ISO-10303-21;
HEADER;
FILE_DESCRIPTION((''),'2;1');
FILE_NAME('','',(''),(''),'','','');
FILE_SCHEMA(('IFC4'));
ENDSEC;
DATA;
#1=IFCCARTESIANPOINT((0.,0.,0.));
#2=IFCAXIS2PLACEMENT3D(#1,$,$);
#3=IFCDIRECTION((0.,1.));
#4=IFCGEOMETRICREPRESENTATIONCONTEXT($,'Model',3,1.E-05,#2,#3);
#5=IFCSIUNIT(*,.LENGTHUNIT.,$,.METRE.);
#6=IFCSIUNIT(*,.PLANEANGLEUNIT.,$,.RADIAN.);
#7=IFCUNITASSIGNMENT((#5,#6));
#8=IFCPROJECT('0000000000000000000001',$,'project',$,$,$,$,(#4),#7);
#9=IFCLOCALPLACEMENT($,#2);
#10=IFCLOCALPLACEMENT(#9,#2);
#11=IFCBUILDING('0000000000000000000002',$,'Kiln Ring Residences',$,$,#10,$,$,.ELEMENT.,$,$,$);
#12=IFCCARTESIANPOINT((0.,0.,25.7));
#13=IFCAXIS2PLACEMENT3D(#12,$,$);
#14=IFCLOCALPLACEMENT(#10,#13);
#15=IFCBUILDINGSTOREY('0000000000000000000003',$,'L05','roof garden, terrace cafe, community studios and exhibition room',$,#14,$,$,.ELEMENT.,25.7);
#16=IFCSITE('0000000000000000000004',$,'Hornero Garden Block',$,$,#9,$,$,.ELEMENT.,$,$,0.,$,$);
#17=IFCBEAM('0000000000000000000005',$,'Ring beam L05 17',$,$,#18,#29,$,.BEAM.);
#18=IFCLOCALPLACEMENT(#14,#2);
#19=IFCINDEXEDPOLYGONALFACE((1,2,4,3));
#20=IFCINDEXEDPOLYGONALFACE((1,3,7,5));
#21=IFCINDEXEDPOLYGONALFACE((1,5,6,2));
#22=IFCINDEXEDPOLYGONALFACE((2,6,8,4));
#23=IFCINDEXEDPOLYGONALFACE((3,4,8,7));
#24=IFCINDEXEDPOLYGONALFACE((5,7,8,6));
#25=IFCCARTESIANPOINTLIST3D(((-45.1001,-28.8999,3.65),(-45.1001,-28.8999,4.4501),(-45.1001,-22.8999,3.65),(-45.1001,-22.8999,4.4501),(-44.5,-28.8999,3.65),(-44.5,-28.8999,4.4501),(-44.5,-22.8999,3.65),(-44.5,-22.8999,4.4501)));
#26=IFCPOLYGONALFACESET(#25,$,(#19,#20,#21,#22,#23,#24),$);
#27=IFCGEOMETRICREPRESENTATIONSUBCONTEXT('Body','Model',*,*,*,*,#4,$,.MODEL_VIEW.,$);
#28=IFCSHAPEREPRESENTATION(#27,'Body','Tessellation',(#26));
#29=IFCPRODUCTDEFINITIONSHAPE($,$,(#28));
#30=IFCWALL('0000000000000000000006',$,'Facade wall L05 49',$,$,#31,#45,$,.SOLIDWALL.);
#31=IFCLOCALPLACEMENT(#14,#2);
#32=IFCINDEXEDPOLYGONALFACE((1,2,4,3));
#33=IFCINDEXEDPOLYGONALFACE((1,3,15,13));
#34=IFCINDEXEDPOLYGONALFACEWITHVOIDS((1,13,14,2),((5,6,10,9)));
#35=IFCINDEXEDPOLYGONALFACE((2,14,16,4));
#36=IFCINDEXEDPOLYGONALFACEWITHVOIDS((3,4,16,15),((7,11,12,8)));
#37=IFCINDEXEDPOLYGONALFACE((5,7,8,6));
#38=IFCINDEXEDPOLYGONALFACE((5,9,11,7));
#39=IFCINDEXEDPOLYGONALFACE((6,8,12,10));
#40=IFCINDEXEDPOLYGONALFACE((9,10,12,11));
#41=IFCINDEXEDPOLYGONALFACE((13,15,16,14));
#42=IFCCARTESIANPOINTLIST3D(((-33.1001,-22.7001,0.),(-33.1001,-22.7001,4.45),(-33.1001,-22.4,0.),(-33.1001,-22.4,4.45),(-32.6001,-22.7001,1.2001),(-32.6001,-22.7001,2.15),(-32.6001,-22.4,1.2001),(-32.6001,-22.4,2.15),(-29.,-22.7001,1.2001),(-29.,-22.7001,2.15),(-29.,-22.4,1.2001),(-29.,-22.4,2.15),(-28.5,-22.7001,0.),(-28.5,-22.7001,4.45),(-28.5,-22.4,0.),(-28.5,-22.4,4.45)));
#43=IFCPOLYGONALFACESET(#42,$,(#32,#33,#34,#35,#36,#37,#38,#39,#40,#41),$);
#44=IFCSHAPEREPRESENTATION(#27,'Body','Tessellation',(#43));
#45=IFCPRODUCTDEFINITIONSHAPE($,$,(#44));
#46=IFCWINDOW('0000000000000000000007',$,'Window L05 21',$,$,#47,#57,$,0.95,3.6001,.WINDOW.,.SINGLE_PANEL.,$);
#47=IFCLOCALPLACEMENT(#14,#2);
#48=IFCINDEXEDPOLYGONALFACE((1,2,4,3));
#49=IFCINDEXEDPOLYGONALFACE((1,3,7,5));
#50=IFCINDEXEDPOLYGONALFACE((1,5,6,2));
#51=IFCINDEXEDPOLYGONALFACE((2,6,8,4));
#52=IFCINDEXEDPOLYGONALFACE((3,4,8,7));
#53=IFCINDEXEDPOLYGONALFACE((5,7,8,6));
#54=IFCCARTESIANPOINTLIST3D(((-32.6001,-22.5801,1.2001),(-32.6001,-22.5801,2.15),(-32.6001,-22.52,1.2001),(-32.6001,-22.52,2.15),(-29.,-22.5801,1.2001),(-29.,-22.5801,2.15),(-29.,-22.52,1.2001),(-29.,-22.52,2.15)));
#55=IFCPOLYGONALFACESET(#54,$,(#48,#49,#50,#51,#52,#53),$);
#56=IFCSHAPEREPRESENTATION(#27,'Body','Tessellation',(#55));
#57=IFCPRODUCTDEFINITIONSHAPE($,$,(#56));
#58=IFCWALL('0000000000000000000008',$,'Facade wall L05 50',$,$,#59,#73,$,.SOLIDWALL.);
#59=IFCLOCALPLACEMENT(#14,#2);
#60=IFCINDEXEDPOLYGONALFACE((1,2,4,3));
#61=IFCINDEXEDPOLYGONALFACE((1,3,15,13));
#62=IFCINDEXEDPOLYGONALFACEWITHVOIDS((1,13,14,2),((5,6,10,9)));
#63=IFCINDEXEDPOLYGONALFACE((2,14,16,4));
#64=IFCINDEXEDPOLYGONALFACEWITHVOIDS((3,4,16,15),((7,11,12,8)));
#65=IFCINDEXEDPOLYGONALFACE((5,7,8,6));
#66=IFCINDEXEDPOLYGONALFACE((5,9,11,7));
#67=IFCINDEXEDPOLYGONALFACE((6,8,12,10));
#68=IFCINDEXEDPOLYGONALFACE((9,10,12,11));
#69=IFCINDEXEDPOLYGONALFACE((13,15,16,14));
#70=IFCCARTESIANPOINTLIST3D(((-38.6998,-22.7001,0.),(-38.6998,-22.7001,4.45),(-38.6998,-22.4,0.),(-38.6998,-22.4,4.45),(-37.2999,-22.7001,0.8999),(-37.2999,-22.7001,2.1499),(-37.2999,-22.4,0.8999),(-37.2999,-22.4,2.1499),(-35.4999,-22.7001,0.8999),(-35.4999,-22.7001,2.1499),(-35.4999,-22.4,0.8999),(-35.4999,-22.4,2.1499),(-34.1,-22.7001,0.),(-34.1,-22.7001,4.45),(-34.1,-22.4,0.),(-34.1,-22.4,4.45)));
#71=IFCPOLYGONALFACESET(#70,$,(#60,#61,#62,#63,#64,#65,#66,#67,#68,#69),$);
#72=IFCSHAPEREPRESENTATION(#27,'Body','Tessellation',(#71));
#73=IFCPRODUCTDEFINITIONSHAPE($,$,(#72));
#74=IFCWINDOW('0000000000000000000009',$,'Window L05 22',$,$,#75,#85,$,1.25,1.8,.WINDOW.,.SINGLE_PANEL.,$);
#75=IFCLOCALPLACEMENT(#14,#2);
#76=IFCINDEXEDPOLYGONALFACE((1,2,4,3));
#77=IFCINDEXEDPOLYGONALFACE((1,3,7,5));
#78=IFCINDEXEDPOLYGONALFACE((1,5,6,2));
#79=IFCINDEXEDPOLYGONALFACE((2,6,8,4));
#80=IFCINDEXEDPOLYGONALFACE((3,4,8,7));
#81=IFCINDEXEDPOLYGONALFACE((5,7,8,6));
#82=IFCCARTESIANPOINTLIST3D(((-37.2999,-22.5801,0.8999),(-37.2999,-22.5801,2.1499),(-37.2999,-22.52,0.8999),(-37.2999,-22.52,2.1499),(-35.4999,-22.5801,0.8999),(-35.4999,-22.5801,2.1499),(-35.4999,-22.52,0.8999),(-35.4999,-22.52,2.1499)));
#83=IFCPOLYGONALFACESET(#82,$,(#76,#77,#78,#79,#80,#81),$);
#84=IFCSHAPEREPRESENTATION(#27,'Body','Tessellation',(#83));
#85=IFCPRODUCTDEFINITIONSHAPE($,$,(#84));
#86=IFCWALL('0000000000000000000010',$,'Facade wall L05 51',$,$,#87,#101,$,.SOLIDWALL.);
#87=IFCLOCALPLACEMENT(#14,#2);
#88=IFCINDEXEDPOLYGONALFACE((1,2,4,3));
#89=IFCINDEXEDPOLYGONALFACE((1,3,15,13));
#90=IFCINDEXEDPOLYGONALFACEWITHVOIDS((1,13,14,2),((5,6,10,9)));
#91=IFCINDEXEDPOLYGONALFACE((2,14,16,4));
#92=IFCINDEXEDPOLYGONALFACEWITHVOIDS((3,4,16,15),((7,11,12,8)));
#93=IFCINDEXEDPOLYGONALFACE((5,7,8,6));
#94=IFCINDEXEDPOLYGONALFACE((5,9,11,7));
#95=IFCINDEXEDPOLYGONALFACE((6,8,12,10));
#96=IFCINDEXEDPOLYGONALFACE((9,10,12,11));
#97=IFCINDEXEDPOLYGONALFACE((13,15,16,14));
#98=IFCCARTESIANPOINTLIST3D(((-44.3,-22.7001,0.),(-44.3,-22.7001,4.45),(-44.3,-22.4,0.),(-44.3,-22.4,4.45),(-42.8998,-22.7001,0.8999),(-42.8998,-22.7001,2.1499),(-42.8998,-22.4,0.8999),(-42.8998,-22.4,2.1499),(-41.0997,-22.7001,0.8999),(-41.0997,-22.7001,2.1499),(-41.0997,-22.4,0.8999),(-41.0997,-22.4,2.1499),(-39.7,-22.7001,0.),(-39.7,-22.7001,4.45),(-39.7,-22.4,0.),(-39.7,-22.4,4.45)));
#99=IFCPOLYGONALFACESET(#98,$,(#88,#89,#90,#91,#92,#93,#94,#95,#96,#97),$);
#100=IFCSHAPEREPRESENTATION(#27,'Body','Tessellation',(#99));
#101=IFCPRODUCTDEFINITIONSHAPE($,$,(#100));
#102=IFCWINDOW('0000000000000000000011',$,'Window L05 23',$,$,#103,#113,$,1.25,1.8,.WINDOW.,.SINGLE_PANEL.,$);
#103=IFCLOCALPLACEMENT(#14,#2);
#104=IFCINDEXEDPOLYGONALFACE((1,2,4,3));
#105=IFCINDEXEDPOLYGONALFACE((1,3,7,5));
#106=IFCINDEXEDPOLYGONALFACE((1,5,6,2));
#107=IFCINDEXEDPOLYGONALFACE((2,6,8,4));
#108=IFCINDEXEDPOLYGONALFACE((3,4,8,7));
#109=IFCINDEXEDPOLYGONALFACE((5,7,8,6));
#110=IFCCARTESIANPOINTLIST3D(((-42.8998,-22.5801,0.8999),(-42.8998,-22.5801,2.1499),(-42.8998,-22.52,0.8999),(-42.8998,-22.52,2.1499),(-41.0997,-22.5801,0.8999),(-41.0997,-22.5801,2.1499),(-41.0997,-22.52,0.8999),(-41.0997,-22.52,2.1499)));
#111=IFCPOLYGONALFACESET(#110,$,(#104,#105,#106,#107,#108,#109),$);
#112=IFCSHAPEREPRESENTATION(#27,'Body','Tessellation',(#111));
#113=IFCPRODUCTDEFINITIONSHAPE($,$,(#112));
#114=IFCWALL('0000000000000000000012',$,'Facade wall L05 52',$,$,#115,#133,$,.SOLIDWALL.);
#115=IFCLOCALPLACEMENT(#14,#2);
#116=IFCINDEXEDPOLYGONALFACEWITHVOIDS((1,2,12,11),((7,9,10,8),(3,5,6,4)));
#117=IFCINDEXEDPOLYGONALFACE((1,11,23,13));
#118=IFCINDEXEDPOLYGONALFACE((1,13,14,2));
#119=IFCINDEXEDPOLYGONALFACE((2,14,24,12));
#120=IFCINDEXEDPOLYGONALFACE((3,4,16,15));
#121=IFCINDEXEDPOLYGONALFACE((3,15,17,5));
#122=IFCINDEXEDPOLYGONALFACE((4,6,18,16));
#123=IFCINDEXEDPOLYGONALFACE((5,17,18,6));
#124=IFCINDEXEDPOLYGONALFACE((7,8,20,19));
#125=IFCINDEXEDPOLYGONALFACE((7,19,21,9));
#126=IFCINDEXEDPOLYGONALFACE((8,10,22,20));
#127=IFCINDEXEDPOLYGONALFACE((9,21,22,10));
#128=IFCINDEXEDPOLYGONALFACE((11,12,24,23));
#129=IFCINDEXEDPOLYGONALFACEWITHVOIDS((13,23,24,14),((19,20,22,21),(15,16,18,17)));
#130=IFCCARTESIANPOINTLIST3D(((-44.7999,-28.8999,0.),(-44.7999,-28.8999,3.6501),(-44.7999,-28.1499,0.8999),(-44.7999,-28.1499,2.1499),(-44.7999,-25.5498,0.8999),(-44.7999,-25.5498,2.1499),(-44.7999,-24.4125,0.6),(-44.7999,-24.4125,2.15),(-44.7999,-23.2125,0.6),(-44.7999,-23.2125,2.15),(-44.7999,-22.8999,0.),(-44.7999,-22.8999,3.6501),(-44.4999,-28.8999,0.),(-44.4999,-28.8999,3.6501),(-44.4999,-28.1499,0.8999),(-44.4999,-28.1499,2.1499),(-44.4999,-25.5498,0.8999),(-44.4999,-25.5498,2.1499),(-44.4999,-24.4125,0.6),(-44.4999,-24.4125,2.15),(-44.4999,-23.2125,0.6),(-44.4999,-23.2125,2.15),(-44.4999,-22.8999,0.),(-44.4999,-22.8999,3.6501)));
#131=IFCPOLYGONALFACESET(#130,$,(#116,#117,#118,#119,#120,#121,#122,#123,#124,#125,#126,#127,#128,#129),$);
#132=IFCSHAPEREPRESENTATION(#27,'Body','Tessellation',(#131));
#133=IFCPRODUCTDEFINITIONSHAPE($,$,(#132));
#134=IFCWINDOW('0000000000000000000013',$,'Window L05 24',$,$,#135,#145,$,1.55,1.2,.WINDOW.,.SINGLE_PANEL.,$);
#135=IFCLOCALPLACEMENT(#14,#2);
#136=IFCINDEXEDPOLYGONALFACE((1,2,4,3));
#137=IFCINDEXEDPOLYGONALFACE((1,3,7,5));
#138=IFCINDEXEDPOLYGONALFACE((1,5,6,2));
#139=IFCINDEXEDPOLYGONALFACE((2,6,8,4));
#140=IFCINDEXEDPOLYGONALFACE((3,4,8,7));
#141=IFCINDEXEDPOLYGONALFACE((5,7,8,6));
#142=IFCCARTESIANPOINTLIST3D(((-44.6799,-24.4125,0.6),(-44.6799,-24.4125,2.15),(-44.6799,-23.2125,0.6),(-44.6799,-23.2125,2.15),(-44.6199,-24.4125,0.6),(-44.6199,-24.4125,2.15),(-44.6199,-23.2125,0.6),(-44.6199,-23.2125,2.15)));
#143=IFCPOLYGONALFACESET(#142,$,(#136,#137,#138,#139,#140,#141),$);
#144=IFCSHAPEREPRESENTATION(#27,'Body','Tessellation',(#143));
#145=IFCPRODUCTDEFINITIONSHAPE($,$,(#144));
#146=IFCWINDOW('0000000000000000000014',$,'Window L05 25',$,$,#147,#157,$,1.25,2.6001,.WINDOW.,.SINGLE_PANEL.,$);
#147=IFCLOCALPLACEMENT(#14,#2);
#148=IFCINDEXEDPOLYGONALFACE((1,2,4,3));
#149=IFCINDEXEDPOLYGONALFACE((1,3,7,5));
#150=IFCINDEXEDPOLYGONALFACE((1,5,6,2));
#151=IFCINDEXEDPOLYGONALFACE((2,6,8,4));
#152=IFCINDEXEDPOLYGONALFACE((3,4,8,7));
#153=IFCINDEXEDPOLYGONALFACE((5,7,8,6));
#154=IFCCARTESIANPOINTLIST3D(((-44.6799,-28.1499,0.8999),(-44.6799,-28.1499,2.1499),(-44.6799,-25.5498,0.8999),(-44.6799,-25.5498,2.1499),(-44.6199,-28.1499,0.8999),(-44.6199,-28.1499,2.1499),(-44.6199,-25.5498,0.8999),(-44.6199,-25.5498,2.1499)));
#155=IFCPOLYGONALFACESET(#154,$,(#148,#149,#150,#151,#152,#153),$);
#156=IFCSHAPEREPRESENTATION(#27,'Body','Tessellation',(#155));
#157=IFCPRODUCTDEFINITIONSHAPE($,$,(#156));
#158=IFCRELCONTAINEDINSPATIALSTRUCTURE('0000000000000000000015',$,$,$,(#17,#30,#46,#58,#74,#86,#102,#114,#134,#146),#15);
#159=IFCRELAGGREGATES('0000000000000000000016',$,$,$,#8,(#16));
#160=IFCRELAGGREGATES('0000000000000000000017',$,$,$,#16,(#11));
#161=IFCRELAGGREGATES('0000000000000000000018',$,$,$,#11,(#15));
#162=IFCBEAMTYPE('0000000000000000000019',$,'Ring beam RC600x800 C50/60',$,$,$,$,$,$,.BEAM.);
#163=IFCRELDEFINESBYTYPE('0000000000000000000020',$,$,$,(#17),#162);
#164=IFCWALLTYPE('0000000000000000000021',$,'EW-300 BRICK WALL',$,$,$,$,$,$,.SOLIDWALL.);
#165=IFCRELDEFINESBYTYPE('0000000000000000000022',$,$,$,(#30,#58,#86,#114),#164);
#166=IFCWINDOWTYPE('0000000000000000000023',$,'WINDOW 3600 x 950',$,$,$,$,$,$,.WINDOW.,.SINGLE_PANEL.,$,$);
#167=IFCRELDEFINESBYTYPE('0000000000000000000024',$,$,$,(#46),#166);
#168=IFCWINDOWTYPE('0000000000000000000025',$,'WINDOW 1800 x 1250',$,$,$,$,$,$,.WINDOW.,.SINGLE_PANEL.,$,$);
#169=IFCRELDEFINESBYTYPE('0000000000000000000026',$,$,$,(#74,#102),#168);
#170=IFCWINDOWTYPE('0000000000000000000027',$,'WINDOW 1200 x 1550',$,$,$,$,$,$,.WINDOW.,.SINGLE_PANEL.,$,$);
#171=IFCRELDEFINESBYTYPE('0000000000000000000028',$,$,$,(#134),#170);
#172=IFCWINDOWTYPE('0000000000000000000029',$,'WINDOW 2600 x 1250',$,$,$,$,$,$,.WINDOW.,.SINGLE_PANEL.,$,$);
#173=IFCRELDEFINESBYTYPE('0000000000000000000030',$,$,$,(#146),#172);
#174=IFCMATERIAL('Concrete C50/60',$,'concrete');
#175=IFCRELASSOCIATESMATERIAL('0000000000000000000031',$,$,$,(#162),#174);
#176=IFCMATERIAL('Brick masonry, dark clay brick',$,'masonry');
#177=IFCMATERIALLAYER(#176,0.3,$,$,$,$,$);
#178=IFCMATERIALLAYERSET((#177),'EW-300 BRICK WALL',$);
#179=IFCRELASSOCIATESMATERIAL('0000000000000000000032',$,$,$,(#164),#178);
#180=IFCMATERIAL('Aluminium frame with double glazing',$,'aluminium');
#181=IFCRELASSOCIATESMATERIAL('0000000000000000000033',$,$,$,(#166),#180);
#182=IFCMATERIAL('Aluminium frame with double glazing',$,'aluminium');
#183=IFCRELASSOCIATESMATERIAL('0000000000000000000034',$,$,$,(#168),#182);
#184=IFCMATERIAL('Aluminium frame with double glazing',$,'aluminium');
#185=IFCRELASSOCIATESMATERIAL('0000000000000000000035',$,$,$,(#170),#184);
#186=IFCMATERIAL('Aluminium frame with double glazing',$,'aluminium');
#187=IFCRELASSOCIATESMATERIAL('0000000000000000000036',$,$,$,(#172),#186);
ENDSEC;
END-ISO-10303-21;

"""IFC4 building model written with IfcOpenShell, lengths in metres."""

from ifc_helpers import new_model, si_unit, direction, frame, frame_2d, origin, origin_2d, place, context, subcontext, project, spatial, rectangle, extrude, material, layer, layer_set, material_profile, profile_set, type_object, element, fill, save


model = new_model("IFC4")

# Units and contexts
model_context = context("Model", 3, precision=1e-05, world=origin(), true_north=direction((0.0, 1.0)))
body_context = subcontext(model_context, "Body", "Model", "MODEL_VIEW")
ifc_project = project(units=[si_unit("LENGTHUNIT", "METRE"), si_unit("PLANEANGLEUNIT", "RADIAN")], contexts=[model_context])

# Site, building, storey
site_placement = place(None, origin())
site = spatial("IfcSite", under=ifc_project, at=site_placement, Name="Hornero Garden Block", CompositionType="ELEMENT", RefElevation=0.0)
building_placement = place(site_placement, origin())
building = spatial("IfcBuilding", under=site, at=building_placement, Name="Kiln Ring Residences", CompositionType="ELEMENT")
storey_placement = place(building_placement, frame((0.0, 0.0, 25.7)))
storey = spatial("IfcBuildingStorey", under=building, at=storey_placement, Name="L05", Description="roof garden, terrace cafe, community studios and exhibition room", CompositionType="ELEMENT", Elevation=25.7)

# Beam
ifc_material_1 = material(Name="Concrete C50/60", Category="concrete")
ifc_material_profile = material_profile(ifc_material_1, rectangle(XDim=0.6001, YDim=0.8, at=origin_2d()), Name="RC600x800")
ifc_profile_set = profile_set([ifc_material_profile], Name="Concrete C50/60")
beam_type = type_object("IfcBeamType", Name="Ring beam RC600x800 C50/60", PredefinedType="BEAM", material=ifc_profile_set)
beam_placement = place(storey_placement, frame((-44.8, -22.8999, 4.05), z_axis=(0.0, -1.0, 0.0), x_axis=(1.0, 0.0, 0.0)))
element("IfcBeam", 1, at=beam_placement, inside=storey, type_object=beam_type, Name="Ring beam L05 17", PredefinedType="BEAM", context=body_context, shape_type="SweptSolid", body=[
    extrude(rectangle(XDim=0.6001, YDim=0.8, at=origin_2d()), origin(), (0.0, 0.0, 1.0), 6.0),
])

# Walls, openings, windows
ifc_material_2 = material(Name="Brick masonry, dark clay brick", Category="masonry")
ifc_layer_1 = layer(ifc_material_2, 0.3)
ifc_layer_set_1 = layer_set([ifc_layer_1], Name="EW-300 BRICK WALL")
wall_type_1 = type_object("IfcWallType", Name="EW-300 BRICK WALL", PredefinedType="SOLIDWALL", material=ifc_layer_set_1)
wall_1_placement = place(storey_placement, frame((-28.5, -22.55, 0.0), z_axis=(0.0, 0.0, 1.0), x_axis=(-1.0, 0.0, 0.0)))
wall_1 = element("IfcWall", 2, at=wall_1_placement, inside=storey, type_object=wall_type_1, Name="Facade wall L05 49", PredefinedType="SOLIDWALL", context=body_context, shape_type="SweptSolid", body=[
    extrude(rectangle(XDim=4.6001, YDim=0.3, at=frame_2d((2.3, 0.0))), origin(), (0.0, 0.0, 1.0), 4.45),
])
opening_1_placement = place(wall_1_placement, frame((0.5, 0.0, 1.2)))
opening_1 = element("IfcOpeningElement", 3, at=opening_1_placement, cuts=wall_1, PredefinedType="OPENING", context=body_context, shape_type="SweptSolid", body=[
    extrude(rectangle(XDim=3.6001, YDim=0.95, at=frame_2d((1.8, 0.4751))), frame((0.0, 0.1599, 0.0), z_axis=(0.0, -1.0, 0.0), x_axis=(1.0, 0.0, 0.0)), (0.0, 0.0, 1.0), 0.3201),
])
ifc_material_3 = material(Name="Aluminium frame with double glazing", Category="aluminium")
window_type_1 = type_object("IfcWindowType", Name="WINDOW 3600 x 950", PartitioningType="SINGLE_PANEL", PredefinedType="WINDOW", material=ifc_material_3)
window_1_placement = place(opening_1_placement, origin())
window_1 = element("IfcWindow", 4, at=window_1_placement, inside=storey, type_object=window_type_1, Name="Window L05 21", OverallHeight=0.95, OverallWidth=3.6001, PartitioningType="SINGLE_PANEL", PredefinedType="WINDOW", context=body_context, shape_type="SweptSolid", body=[
    extrude(rectangle(XDim=3.6001, YDim=0.95, at=frame_2d((1.8, 0.4751))), frame((0.0, 0.03, 0.0), z_axis=(0.0, -1.0, 0.0), x_axis=(1.0, 0.0, 0.0)), (0.0, 0.0, 1.0), 0.0601),
])
fill(opening_1, window_1)
wall_2_placement = place(storey_placement, frame((-34.1001, -22.55, 0.0), z_axis=(0.0, 0.0, 1.0), x_axis=(-1.0, 0.0, 0.0)))
wall_2 = element("IfcWall", 5, at=wall_2_placement, inside=storey, type_object=wall_type_1, Name="Facade wall L05 50", PredefinedType="SOLIDWALL", context=body_context, shape_type="SweptSolid", body=[
    extrude(rectangle(XDim=4.5999, YDim=0.3, at=frame_2d((2.2998, 0.0))), origin(), (0.0, 0.0, 1.0), 4.45),
])
opening_2_placement = place(wall_2_placement, frame((1.3999, 0.0, 0.8999)))
opening_2 = element("IfcOpeningElement", 6, at=opening_2_placement, cuts=wall_2, PredefinedType="OPENING", context=body_context, shape_type="SweptSolid", body=[
    extrude(rectangle(XDim=1.8, YDim=1.25, at=frame_2d((0.8999, 0.625))), frame((0.0, 0.1599, 0.0), z_axis=(0.0, -1.0, 0.0), x_axis=(1.0, 0.0, 0.0)), (0.0, 0.0, 1.0), 0.3201),
])
ifc_material_4 = material(Name="Aluminium frame with double glazing", Category="aluminium")
window_type_2 = type_object("IfcWindowType", Name="WINDOW 1800 x 1250", PartitioningType="SINGLE_PANEL", PredefinedType="WINDOW", material=ifc_material_4)
window_2_placement = place(opening_2_placement, origin())
window_2 = element("IfcWindow", 7, at=window_2_placement, inside=storey, type_object=window_type_2, Name="Window L05 22", OverallHeight=1.25, OverallWidth=1.8, PartitioningType="SINGLE_PANEL", PredefinedType="WINDOW", context=body_context, shape_type="SweptSolid", body=[
    extrude(rectangle(XDim=1.8, YDim=1.25, at=frame_2d((0.8999, 0.625))), frame((0.0, 0.03, 0.0), z_axis=(0.0, -1.0, 0.0), x_axis=(1.0, 0.0, 0.0)), (0.0, 0.0, 1.0), 0.0601),
])
fill(opening_2, window_2)
wall_3_placement = place(storey_placement, frame((-39.7, -22.55, 0.0), z_axis=(0.0, 0.0, 1.0), x_axis=(-1.0, 0.0, 0.0)))
wall_3 = element("IfcWall", 8, at=wall_3_placement, inside=storey, type_object=wall_type_1, Name="Facade wall L05 51", PredefinedType="SOLIDWALL", context=body_context, shape_type="SweptSolid", body=[
    extrude(rectangle(XDim=4.6001, YDim=0.3, at=frame_2d((2.3, 0.0))), origin(), (0.0, 0.0, 1.0), 4.45),
])
opening_3_placement = place(wall_3_placement, frame((1.3999, 0.0, 0.8999)))
opening_3 = element("IfcOpeningElement", 9, at=opening_3_placement, cuts=wall_3, PredefinedType="OPENING", context=body_context, shape_type="SweptSolid", body=[
    extrude(rectangle(XDim=1.8, YDim=1.25, at=frame_2d((0.8999, 0.625))), frame((0.0, 0.1599, 0.0), z_axis=(0.0, -1.0, 0.0), x_axis=(1.0, 0.0, 0.0)), (0.0, 0.0, 1.0), 0.3201),
])
window_3_placement = place(opening_3_placement, origin())
window_3 = element("IfcWindow", 10, at=window_3_placement, inside=storey, type_object=window_type_2, Name="Window L05 23", OverallHeight=1.25, OverallWidth=1.8, PartitioningType="SINGLE_PANEL", PredefinedType="WINDOW", context=body_context, shape_type="SweptSolid", body=[
    extrude(rectangle(XDim=1.8, YDim=1.25, at=frame_2d((0.8999, 0.625))), frame((0.0, 0.03, 0.0), z_axis=(0.0, -1.0, 0.0), x_axis=(1.0, 0.0, 0.0)), (0.0, 0.0, 1.0), 0.0601),
])
fill(opening_3, window_3)

# Wall, openings, windows
wall_4_placement = place(storey_placement, frame((-44.6499, -22.8999, 0.0), z_axis=(0.0, 0.0, 1.0), x_axis=(0.0, -1.0, 0.0)))
wall_4 = element("IfcWall", 11, at=wall_4_placement, inside=storey, type_object=wall_type_1, Name="Facade wall L05 52", PredefinedType="SOLIDWALL", context=body_context, shape_type="SweptSolid", body=[
    extrude(rectangle(XDim=6.0, YDim=0.3, at=frame_2d((3.0, 0.0))), origin(), (0.0, 0.0, 1.0), 3.6501),
])
opening_4_placement = place(wall_4_placement, frame((0.3125, 0.0, 0.6001)))
opening_4 = element("IfcOpeningElement", 12, at=opening_4_placement, cuts=wall_4, PredefinedType="OPENING", context=body_context, shape_type="SweptSolid", body=[
    extrude(rectangle(XDim=1.2, YDim=1.55, at=frame_2d((0.6001, 0.7749))), frame((0.0, 0.1599, 0.0), z_axis=(0.0, -1.0, 0.0), x_axis=(1.0, 0.0, 0.0)), (0.0, 0.0, 1.0), 0.3201),
])
opening_5_placement = place(wall_4_placement, frame((2.6499, 0.0, 0.8999)))
opening_5 = element("IfcOpeningElement", 13, at=opening_5_placement, cuts=wall_4, PredefinedType="OPENING", context=body_context, shape_type="SweptSolid", body=[
    extrude(rectangle(XDim=2.6001, YDim=1.25, at=frame_2d((1.3, 0.625))), frame((0.0, 0.1599, 0.0), z_axis=(0.0, -1.0, 0.0), x_axis=(1.0, 0.0, 0.0)), (0.0, 0.0, 1.0), 0.3201),
])
ifc_material_5 = material(Name="Aluminium frame with double glazing", Category="aluminium")
window_type_3 = type_object("IfcWindowType", Name="WINDOW 1200 x 1550", PartitioningType="SINGLE_PANEL", PredefinedType="WINDOW", material=ifc_material_5)
window_4_placement = place(opening_4_placement, origin())
window_4 = element("IfcWindow", 14, at=window_4_placement, inside=storey, type_object=window_type_3, Name="Window L05 24", OverallHeight=1.55, OverallWidth=1.2, PartitioningType="SINGLE_PANEL", PredefinedType="WINDOW", context=body_context, shape_type="SweptSolid", body=[
    extrude(rectangle(XDim=1.2, YDim=1.55, at=frame_2d((0.6001, 0.7749))), frame((0.0, 0.03, 0.0), z_axis=(0.0, -1.0, 0.0), x_axis=(1.0, 0.0, 0.0)), (0.0, 0.0, 1.0), 0.0601),
])
fill(opening_4, window_4)
ifc_material_6 = material(Name="Aluminium frame with double glazing", Category="aluminium")
window_type_4 = type_object("IfcWindowType", Name="WINDOW 2600 x 1250", PartitioningType="SINGLE_PANEL", PredefinedType="WINDOW", material=ifc_material_6)
window_5_placement = place(opening_5_placement, origin())
window_5 = element("IfcWindow", 15, at=window_5_placement, inside=storey, type_object=window_type_4, Name="Window L05 25", OverallHeight=1.25, OverallWidth=2.6001, PartitioningType="SINGLE_PANEL", PredefinedType="WINDOW", context=body_context, shape_type="SweptSolid", body=[
    extrude(rectangle(XDim=2.6001, YDim=1.25, at=frame_2d((1.3, 0.625))), frame((0.0, 0.03, 0.0), z_axis=(0.0, -1.0, 0.0), x_axis=(1.0, 0.0, 0.0)), (0.0, 0.0, 1.0), 0.0601),
])
fill(opening_5, window_5)

save(model, "model.ifc")
